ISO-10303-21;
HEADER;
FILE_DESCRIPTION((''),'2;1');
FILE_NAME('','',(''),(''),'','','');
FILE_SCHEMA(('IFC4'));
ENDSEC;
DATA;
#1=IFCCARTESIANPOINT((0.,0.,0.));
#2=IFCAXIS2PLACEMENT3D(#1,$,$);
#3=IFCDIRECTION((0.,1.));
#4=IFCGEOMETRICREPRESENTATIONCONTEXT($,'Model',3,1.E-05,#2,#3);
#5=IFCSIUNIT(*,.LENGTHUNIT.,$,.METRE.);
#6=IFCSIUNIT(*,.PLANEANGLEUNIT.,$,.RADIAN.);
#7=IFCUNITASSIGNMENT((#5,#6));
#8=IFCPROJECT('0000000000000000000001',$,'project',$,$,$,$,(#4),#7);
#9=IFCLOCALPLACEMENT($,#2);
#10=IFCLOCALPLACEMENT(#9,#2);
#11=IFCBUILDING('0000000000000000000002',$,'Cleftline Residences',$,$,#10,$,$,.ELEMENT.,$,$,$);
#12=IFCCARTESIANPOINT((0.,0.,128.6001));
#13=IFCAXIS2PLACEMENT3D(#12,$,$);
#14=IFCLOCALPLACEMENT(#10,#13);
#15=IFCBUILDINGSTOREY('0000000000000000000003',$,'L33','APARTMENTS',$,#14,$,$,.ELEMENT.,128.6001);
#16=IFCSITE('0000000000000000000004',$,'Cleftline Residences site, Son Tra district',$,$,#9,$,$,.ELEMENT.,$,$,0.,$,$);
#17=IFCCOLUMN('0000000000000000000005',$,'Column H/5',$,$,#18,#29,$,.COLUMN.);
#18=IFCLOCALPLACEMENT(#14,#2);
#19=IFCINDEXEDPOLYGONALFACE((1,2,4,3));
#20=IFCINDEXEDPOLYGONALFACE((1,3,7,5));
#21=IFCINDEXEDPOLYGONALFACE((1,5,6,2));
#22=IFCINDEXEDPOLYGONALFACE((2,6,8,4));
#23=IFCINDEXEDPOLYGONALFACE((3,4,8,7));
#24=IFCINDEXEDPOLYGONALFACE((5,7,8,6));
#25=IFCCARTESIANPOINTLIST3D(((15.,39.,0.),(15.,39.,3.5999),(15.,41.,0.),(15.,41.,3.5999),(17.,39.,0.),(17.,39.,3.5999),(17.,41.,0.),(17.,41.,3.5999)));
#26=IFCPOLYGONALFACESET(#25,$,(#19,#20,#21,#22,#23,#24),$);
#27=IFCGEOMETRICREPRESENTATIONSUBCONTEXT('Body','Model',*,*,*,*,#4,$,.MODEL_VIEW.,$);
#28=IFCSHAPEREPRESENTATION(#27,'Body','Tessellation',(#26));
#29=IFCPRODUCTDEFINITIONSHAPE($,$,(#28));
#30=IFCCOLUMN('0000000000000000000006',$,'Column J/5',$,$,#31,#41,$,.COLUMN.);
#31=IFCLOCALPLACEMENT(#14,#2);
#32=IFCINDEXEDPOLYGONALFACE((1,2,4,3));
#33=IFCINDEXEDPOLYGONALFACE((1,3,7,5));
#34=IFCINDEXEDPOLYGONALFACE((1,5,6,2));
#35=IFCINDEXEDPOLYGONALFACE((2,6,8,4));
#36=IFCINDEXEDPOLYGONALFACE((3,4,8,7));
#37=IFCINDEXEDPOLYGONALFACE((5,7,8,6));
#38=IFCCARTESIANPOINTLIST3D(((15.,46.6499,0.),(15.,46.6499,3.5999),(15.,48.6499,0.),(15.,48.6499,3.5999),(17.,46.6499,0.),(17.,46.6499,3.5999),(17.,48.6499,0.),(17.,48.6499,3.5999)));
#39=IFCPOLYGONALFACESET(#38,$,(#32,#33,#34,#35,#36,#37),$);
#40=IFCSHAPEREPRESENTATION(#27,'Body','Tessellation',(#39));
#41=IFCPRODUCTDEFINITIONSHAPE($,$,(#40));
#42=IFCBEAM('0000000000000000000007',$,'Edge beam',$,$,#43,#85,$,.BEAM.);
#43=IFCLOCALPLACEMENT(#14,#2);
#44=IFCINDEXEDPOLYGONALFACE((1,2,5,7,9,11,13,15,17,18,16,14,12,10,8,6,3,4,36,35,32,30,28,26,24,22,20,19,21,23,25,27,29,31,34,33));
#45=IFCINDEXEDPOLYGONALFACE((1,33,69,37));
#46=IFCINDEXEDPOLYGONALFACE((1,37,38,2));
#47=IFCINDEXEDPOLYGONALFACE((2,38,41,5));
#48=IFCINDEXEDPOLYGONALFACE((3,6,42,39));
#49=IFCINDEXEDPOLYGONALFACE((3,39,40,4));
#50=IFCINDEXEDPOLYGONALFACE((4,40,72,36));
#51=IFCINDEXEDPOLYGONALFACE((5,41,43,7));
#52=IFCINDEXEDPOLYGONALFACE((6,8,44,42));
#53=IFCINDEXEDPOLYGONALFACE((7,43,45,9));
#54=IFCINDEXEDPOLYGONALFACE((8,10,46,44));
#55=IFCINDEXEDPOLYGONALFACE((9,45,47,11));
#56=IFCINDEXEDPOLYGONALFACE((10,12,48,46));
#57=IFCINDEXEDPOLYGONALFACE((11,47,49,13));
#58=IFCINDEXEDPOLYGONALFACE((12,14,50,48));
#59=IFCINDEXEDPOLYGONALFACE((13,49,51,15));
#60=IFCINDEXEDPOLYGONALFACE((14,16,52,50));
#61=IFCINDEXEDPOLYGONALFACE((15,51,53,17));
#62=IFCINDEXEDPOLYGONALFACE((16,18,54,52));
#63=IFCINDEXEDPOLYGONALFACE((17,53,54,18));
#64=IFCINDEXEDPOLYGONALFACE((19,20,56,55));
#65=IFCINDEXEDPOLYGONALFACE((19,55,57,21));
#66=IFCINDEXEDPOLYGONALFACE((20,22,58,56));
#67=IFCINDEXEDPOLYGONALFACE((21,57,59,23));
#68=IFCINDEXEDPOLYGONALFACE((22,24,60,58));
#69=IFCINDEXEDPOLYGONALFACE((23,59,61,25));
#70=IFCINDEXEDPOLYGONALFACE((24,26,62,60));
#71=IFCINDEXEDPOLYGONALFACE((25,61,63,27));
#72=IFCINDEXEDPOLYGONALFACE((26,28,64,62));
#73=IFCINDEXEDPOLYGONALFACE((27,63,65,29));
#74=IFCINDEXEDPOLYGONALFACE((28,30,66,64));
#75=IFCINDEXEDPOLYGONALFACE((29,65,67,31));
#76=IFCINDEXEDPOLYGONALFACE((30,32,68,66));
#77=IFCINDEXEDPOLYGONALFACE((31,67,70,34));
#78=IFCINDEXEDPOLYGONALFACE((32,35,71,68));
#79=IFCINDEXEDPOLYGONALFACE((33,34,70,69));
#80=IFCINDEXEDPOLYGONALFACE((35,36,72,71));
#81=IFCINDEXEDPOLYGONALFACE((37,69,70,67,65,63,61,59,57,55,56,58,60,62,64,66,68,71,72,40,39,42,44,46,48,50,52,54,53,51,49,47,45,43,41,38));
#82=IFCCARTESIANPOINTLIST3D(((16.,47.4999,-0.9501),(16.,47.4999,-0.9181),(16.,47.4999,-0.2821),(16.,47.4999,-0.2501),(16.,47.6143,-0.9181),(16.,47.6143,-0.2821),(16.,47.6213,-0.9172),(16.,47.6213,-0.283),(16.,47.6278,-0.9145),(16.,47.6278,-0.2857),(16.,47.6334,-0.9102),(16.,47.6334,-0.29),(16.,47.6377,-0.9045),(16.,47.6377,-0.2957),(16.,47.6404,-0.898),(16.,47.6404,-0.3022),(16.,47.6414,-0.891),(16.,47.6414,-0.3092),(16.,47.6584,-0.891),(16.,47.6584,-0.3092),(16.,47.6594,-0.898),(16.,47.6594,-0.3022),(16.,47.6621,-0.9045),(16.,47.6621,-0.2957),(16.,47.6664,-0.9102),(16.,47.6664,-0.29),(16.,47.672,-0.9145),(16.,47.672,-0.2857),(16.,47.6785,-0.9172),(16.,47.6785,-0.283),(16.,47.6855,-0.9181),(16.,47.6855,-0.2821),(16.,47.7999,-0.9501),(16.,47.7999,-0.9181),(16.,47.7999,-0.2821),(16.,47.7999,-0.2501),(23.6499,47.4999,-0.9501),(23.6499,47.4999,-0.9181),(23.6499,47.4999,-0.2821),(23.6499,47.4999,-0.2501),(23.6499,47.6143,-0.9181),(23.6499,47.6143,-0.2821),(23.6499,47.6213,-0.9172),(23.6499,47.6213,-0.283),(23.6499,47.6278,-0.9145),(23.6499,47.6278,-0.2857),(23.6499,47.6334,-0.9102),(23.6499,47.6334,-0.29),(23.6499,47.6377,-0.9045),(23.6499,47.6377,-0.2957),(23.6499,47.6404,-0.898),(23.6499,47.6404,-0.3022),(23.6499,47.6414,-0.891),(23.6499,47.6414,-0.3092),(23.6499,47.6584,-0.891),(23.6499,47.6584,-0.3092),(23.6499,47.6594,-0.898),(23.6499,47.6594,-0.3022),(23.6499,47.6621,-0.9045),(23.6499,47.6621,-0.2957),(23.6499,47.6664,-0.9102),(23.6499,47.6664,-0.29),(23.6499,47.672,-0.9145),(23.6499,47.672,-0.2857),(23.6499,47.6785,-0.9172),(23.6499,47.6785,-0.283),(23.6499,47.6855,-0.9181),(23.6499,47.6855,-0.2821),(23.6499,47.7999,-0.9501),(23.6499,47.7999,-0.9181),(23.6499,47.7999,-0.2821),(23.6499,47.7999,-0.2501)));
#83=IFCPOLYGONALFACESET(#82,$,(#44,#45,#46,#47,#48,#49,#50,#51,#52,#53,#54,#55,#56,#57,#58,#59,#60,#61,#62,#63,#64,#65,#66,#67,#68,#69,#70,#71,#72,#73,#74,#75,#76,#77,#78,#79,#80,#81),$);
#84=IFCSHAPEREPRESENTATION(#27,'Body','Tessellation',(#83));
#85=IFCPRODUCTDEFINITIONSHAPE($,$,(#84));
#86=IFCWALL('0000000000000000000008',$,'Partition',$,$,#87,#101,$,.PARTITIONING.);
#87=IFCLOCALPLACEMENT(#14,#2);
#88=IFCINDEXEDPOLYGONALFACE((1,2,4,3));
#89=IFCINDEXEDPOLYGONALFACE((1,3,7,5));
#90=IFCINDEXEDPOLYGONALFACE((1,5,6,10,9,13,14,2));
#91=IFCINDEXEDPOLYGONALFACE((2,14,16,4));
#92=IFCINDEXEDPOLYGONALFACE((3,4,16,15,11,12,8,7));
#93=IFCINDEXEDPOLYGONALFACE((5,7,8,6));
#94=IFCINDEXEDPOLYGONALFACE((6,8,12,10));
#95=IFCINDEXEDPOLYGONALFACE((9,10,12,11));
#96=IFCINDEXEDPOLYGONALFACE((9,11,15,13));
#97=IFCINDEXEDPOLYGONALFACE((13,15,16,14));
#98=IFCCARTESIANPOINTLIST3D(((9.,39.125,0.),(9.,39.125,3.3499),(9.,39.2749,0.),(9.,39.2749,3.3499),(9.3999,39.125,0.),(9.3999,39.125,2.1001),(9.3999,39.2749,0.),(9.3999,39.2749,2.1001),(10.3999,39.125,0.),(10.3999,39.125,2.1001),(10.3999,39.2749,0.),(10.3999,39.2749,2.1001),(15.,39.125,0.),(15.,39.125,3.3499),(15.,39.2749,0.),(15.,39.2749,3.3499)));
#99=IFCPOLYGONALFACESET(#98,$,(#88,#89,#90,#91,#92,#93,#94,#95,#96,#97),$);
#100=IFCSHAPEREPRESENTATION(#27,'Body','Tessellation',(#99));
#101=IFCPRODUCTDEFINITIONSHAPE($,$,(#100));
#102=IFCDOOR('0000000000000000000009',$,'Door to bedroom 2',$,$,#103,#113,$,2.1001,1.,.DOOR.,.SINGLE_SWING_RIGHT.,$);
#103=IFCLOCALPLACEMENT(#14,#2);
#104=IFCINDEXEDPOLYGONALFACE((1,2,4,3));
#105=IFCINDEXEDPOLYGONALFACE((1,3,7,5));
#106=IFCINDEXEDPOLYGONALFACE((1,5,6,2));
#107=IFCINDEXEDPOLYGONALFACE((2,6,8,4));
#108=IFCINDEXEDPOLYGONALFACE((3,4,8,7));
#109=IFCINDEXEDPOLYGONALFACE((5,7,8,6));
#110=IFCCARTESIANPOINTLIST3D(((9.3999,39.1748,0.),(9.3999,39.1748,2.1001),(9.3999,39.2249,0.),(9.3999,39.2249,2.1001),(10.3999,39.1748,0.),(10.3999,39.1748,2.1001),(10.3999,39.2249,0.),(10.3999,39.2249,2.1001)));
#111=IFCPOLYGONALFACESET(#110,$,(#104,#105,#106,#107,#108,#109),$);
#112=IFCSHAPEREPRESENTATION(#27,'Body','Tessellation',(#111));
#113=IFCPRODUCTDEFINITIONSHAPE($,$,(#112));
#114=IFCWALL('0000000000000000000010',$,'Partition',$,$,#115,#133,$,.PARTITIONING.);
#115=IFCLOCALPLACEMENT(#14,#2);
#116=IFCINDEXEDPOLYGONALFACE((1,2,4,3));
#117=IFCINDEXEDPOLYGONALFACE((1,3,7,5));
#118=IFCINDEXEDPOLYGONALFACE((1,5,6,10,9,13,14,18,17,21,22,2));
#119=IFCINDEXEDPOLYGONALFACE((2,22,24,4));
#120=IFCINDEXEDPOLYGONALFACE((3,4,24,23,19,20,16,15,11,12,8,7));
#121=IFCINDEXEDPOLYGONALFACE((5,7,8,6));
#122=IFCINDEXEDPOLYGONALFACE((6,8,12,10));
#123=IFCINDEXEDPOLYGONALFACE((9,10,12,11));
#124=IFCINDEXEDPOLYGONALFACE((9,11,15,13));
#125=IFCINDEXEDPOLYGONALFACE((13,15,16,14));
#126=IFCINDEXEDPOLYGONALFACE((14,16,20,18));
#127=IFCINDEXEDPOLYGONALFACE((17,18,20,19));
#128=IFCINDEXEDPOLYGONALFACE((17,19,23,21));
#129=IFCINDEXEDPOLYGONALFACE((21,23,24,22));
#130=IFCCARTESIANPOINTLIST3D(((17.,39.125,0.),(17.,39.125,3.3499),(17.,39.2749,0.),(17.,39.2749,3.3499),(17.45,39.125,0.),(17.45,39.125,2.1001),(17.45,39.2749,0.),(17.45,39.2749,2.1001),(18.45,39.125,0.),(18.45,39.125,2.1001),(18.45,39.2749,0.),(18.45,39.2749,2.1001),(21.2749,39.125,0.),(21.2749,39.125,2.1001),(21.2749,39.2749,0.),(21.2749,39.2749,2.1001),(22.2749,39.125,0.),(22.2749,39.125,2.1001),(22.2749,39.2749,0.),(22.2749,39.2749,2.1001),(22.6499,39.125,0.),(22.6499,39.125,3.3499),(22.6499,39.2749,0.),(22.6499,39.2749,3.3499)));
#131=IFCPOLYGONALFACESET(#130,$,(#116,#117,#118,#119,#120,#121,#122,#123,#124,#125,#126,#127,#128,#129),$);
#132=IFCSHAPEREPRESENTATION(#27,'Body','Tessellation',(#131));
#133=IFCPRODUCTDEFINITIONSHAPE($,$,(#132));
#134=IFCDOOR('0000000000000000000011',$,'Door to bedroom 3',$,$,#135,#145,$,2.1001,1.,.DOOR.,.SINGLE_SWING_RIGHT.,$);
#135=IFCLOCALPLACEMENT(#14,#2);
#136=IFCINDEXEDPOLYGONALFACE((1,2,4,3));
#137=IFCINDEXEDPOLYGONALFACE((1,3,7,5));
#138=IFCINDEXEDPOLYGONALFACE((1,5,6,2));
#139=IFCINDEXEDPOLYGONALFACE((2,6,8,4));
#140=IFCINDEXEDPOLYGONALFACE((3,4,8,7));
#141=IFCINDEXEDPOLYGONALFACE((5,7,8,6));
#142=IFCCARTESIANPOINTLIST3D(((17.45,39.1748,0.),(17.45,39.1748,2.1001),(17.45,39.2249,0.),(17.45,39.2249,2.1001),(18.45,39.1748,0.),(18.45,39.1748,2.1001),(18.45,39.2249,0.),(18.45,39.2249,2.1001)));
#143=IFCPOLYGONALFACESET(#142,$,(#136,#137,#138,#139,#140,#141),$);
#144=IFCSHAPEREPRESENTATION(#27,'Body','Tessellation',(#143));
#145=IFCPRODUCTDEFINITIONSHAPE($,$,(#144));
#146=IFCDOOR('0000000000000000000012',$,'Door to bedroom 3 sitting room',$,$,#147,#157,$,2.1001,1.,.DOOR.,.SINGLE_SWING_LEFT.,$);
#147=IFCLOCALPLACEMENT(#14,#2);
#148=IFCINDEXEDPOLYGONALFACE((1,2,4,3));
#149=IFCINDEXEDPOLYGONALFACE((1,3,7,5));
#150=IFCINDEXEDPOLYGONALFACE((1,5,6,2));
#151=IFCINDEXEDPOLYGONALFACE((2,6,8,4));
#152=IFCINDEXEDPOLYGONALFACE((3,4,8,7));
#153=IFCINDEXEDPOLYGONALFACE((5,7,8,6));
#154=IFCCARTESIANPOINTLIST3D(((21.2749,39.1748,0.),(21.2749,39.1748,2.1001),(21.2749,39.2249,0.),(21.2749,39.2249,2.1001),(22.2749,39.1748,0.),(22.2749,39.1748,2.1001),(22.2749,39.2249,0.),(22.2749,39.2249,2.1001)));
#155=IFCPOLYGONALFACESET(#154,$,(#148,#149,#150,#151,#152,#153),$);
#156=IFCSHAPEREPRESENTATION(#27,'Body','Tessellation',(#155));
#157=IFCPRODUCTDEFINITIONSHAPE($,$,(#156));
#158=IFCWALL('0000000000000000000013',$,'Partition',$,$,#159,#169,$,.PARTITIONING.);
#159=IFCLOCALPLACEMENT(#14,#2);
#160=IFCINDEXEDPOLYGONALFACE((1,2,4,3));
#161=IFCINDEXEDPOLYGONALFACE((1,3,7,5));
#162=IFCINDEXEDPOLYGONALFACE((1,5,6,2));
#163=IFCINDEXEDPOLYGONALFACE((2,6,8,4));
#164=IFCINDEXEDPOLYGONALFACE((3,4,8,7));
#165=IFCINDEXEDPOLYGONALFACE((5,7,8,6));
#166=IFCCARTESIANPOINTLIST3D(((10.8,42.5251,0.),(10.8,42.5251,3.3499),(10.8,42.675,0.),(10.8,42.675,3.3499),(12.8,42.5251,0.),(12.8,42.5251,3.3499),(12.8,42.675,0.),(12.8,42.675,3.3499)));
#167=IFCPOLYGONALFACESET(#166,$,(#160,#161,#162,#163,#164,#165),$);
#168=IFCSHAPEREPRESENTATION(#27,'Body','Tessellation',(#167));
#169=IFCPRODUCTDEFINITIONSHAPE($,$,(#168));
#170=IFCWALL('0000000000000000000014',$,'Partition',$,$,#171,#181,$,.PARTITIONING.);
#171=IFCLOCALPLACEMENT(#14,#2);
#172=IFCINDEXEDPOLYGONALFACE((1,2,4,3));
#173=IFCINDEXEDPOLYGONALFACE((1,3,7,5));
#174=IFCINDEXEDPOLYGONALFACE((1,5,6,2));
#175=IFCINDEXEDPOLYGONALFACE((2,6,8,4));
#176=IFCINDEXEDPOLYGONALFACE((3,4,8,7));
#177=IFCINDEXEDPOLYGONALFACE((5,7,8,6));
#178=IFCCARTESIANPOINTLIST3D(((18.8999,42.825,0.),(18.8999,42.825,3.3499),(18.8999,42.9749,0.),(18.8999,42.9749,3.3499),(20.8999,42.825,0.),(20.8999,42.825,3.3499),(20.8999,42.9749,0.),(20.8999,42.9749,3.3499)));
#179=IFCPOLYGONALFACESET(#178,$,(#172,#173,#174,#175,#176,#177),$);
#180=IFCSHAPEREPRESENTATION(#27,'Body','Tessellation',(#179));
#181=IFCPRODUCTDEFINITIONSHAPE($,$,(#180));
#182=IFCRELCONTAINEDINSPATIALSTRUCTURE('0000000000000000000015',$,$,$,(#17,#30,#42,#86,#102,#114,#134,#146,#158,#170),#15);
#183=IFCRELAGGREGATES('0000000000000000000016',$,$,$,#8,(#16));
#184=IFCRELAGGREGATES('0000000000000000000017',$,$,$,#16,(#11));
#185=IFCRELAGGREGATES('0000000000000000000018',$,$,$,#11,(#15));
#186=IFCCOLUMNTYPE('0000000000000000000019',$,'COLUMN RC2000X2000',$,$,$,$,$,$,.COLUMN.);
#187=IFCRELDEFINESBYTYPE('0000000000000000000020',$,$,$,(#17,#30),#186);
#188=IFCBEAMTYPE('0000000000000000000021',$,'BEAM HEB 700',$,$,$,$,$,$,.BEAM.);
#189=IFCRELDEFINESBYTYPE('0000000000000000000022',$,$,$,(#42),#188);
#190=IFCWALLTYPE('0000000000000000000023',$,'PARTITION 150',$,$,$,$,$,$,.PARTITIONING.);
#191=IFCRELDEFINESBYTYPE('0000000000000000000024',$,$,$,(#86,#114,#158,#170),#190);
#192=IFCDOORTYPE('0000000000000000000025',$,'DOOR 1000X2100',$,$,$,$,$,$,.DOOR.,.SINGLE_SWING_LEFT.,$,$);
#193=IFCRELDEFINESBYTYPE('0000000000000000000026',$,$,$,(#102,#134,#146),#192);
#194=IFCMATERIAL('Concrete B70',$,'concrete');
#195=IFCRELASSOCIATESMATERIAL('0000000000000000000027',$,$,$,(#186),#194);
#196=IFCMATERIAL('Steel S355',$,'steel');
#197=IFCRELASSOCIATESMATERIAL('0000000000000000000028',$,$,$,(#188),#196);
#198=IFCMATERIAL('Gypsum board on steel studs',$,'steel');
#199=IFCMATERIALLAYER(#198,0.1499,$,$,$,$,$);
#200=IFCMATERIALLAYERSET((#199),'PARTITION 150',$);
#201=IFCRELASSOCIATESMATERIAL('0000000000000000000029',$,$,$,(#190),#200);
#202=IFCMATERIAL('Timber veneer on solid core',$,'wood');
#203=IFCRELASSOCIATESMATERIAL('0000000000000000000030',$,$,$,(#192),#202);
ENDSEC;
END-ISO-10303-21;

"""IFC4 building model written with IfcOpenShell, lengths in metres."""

from ifc_helpers import new_model, si_unit, direction, frame, frame_2d, origin, origin_2d, place, context, subcontext, project, spatial, rectangle, i_section, extrude, material, layer, layer_set, material_profile, profile_set, type_object, element, fill, save


model = new_model("IFC4")

# Units and contexts
model_context = context("Model", 3, precision=1e-05, world=origin(), true_north=direction((0.0, 1.0)))
body_context = subcontext(model_context, "Body", "Model", "MODEL_VIEW")
ifc_project = project(units=[si_unit("LENGTHUNIT", "METRE"), si_unit("PLANEANGLEUNIT", "RADIAN")], contexts=[model_context])

# Site, building, storey
site_placement = place(None, origin())
site = spatial("IfcSite", under=ifc_project, at=site_placement, Name="Cleftline Residences site, Son Tra district", CompositionType="ELEMENT", RefElevation=0.0)
building_placement = place(site_placement, origin())
building = spatial("IfcBuilding", under=site, at=building_placement, Name="Cleftline Residences", CompositionType="ELEMENT")
storey_placement = place(building_placement, frame((0.0, 0.0, 128.6001)))
storey = spatial("IfcBuildingStorey", under=building, at=storey_placement, Name="L33", Description="APARTMENTS", CompositionType="ELEMENT", Elevation=128.6001)

# Columns
ifc_material_1 = material(Name="Concrete B70", Category="concrete")
ifc_material_profile_1 = material_profile(ifc_material_1, rectangle(XDim=2.0, YDim=2.0, at=origin_2d()))
ifc_profile_set_1 = profile_set([ifc_material_profile_1], Name="Concrete B70")
column_type = type_object("IfcColumnType", Name="COLUMN RC2000X2000", PredefinedType="COLUMN", material=ifc_profile_set_1)
for number, where, z_axis, x_axis, name in (
    (1, (16.0, 40.0, 0.0), (0.0, 0.0, 1.0), (1.0, 0.0, 0.0), "Column H/5"),
    (2, (16.0, 47.6499, 0.0), (0.0, 0.0, 1.0), (1.0, 0.0, 0.0), "Column J/5"),
):
    element("IfcColumn", number, at=place(storey_placement, frame(where, z_axis=z_axis, x_axis=x_axis)), inside=storey, type_object=column_type, Name=name, PredefinedType="COLUMN", context=body_context, shape_type="SweptSolid", body=[
        extrude(rectangle(XDim=2.0, YDim=2.0, at=origin_2d()), origin(), (0.0, 0.0, 1.0), 3.5999),
    ])

# Beam
ifc_material_2 = material(Name="Steel S355", Category="steel")
ifc_material_profile_2 = material_profile(ifc_material_2, i_section(OverallWidth=0.3, OverallDepth=0.7, WebThickness=0.0171, FlangeThickness=0.032, FilletRadius=0.0271, at=origin_2d()))
ifc_profile_set_2 = profile_set([ifc_material_profile_2], Name="Steel S355")
beam_type = type_object("IfcBeamType", Name="BEAM HEB 700", PredefinedType="BEAM", material=ifc_profile_set_2)
beam_placement = place(storey_placement, frame((16.0, 47.6499, -0.6001), z_axis=(1.0, 0.0, 0.0), x_axis=(0.0, 1.0, 0.0)))
element("IfcBeam", 3, at=beam_placement, inside=storey, type_object=beam_type, Name="Edge beam", PredefinedType="BEAM", context=body_context, shape_type="SweptSolid", body=[
    extrude(i_section(OverallWidth=0.3, OverallDepth=0.7, WebThickness=0.0171, FlangeThickness=0.032, FilletRadius=0.0271, at=origin_2d()), origin(), (0.0, 0.0, 1.0), 7.6499),
])

# Wall, opening, door
ifc_material_3 = material(Name="Gypsum board on steel studs", Category="steel")
ifc_layer = layer(ifc_material_3, 0.1499)
ifc_layer_set = layer_set([ifc_layer], Name="PARTITION 150")
wall_type = type_object("IfcWallType", Name="PARTITION 150", PredefinedType="PARTITIONING", material=ifc_layer_set)
wall_1_placement = place(storey_placement, frame((9.0, 39.2, 0.0), z_axis=(0.0, 0.0, 1.0), x_axis=(1.0, 0.0, 0.0)))
wall_1 = element("IfcWall", 4, at=wall_1_placement, inside=storey, type_object=wall_type, Name="Partition", PredefinedType="PARTITIONING", context=body_context, shape_type="SweptSolid", body=[
    extrude(rectangle(XDim=6.0, YDim=0.1499, at=frame_2d((3.0, 0.0))), origin(), (0.0, 0.0, 1.0), 3.3499),
])
opening_1_placement = place(wall_1_placement, frame((0.3999, 0.0, 0.0)))
opening_1 = element("IfcOpeningElement", 5, at=opening_1_placement, cuts=wall_1, PredefinedType="OPENING", context=body_context, shape_type="SweptSolid", body=[
    extrude(rectangle(XDim=1.0, YDim=2.1001, at=frame_2d((0.5, 1.05))), frame((0.0, 0.085, 0.0), z_axis=(0.0, -1.0, 0.0), x_axis=(1.0, 0.0, 0.0)), (0.0, 0.0, 1.0), 0.1699),
])
ifc_material_4 = material(Name="Timber veneer on solid core", Category="wood")
door_type_1 = type_object("IfcDoorType", Name="DOOR 1000X2100", OperationType="SINGLE_SWING_LEFT", PredefinedType="DOOR", material=ifc_material_4)
door_1_placement = place(opening_1_placement, origin())
door_1 = element("IfcDoor", 6, at=door_1_placement, inside=storey, type_object=door_type_1, Name="Door to bedroom 2", OperationType="SINGLE_SWING_RIGHT", OverallHeight=2.1001, OverallWidth=1.0, PredefinedType="DOOR", context=body_context, shape_type="SweptSolid", body=[
    extrude(rectangle(XDim=1.0, YDim=2.1001, at=frame_2d((0.5, 1.05))), frame((0.0, 0.0249, 0.0), z_axis=(0.0, -1.0, 0.0), x_axis=(1.0, 0.0, 0.0)), (0.0, 0.0, 1.0), 0.05),
])
fill(opening_1, door_1)

# Wall, openings, doors
wall_2_placement = place(storey_placement, frame((17.0, 39.2, 0.0), z_axis=(0.0, 0.0, 1.0), x_axis=(1.0, 0.0, 0.0)))
wall_2 = element("IfcWall", 7, at=wall_2_placement, inside=storey, type_object=wall_type, Name="Partition", PredefinedType="PARTITIONING", context=body_context, shape_type="SweptSolid", body=[
    extrude(rectangle(XDim=5.6499, YDim=0.1499, at=frame_2d((2.825, 0.0))), origin(), (0.0, 0.0, 1.0), 3.3499),
])
opening_2_placement = place(wall_2_placement, frame((0.45, 0.0, 0.0)))
opening_2 = element("IfcOpeningElement", 8, at=opening_2_placement, cuts=wall_2, PredefinedType="OPENING", context=body_context, shape_type="SweptSolid", body=[
    extrude(rectangle(XDim=1.0, YDim=2.1001, at=frame_2d((0.5, 1.05))), frame((0.0, 0.085, 0.0), z_axis=(0.0, -1.0, 0.0), x_axis=(1.0, 0.0, 0.0)), (0.0, 0.0, 1.0), 0.1699),
])
opening_3_placement = place(wall_2_placement, frame((4.2749, 0.0, 0.0)))
opening_3 = element("IfcOpeningElement", 9, at=opening_3_placement, cuts=wall_2, PredefinedType="OPENING", context=body_context, shape_type="SweptSolid", body=[
    extrude(rectangle(XDim=1.0, YDim=2.1001, at=frame_2d((0.5, 1.05))), frame((0.0, 0.085, 0.0), z_axis=(0.0, -1.0, 0.0), x_axis=(1.0, 0.0, 0.0)), (0.0, 0.0, 1.0), 0.1699),
])
door_2_placement = place(opening_2_placement, origin())
door_2 = element("IfcDoor", 10, at=door_2_placement, inside=storey, type_object=door_type_1, Name="Door to bedroom 3", OperationType="SINGLE_SWING_RIGHT", OverallHeight=2.1001, OverallWidth=1.0, PredefinedType="DOOR", context=body_context, shape_type="SweptSolid", body=[
    extrude(rectangle(XDim=1.0, YDim=2.1001, at=frame_2d((0.5, 1.05))), frame((0.0, 0.0249, 0.0), z_axis=(0.0, -1.0, 0.0), x_axis=(1.0, 0.0, 0.0)), (0.0, 0.0, 1.0), 0.05),
])
fill(opening_2, door_2)
door_3_placement = place(opening_3_placement, origin())
door_3 = element("IfcDoor", 11, at=door_3_placement, inside=storey, type_object=door_type_1, Name="Door to bedroom 3 sitting room", OperationType="SINGLE_SWING_LEFT", OverallHeight=2.1001, OverallWidth=1.0, PredefinedType="DOOR", context=body_context, shape_type="SweptSolid", body=[
    extrude(rectangle(XDim=1.0, YDim=2.1001, at=frame_2d((0.5, 1.05))), frame((0.0, 0.0249, 0.0), z_axis=(0.0, -1.0, 0.0), x_axis=(1.0, 0.0, 0.0)), (0.0, 0.0, 1.0), 0.05),
])
fill(opening_3, door_3)

# Walls
for number, where, z_axis, x_axis, name in (
    (12, (10.8, 42.6001, 0.0), (0.0, 0.0, 1.0), (1.0, 0.0, 0.0), "Partition"),
    (13, (18.8999, 42.8999, 0.0), (0.0, 0.0, 1.0), (1.0, 0.0, 0.0), "Partition"),
):
    element("IfcWall", number, at=place(storey_placement, frame(where, z_axis=z_axis, x_axis=x_axis)), inside=storey, type_object=wall_type, Name=name, PredefinedType="PARTITIONING", context=body_context, shape_type="SweptSolid", body=[
        extrude(rectangle(XDim=2.0, YDim=0.1499, at=frame_2d((1.0, 0.0))), origin(), (0.0, 0.0, 1.0), 3.3499),
    ])

save(model, "model.ifc")
